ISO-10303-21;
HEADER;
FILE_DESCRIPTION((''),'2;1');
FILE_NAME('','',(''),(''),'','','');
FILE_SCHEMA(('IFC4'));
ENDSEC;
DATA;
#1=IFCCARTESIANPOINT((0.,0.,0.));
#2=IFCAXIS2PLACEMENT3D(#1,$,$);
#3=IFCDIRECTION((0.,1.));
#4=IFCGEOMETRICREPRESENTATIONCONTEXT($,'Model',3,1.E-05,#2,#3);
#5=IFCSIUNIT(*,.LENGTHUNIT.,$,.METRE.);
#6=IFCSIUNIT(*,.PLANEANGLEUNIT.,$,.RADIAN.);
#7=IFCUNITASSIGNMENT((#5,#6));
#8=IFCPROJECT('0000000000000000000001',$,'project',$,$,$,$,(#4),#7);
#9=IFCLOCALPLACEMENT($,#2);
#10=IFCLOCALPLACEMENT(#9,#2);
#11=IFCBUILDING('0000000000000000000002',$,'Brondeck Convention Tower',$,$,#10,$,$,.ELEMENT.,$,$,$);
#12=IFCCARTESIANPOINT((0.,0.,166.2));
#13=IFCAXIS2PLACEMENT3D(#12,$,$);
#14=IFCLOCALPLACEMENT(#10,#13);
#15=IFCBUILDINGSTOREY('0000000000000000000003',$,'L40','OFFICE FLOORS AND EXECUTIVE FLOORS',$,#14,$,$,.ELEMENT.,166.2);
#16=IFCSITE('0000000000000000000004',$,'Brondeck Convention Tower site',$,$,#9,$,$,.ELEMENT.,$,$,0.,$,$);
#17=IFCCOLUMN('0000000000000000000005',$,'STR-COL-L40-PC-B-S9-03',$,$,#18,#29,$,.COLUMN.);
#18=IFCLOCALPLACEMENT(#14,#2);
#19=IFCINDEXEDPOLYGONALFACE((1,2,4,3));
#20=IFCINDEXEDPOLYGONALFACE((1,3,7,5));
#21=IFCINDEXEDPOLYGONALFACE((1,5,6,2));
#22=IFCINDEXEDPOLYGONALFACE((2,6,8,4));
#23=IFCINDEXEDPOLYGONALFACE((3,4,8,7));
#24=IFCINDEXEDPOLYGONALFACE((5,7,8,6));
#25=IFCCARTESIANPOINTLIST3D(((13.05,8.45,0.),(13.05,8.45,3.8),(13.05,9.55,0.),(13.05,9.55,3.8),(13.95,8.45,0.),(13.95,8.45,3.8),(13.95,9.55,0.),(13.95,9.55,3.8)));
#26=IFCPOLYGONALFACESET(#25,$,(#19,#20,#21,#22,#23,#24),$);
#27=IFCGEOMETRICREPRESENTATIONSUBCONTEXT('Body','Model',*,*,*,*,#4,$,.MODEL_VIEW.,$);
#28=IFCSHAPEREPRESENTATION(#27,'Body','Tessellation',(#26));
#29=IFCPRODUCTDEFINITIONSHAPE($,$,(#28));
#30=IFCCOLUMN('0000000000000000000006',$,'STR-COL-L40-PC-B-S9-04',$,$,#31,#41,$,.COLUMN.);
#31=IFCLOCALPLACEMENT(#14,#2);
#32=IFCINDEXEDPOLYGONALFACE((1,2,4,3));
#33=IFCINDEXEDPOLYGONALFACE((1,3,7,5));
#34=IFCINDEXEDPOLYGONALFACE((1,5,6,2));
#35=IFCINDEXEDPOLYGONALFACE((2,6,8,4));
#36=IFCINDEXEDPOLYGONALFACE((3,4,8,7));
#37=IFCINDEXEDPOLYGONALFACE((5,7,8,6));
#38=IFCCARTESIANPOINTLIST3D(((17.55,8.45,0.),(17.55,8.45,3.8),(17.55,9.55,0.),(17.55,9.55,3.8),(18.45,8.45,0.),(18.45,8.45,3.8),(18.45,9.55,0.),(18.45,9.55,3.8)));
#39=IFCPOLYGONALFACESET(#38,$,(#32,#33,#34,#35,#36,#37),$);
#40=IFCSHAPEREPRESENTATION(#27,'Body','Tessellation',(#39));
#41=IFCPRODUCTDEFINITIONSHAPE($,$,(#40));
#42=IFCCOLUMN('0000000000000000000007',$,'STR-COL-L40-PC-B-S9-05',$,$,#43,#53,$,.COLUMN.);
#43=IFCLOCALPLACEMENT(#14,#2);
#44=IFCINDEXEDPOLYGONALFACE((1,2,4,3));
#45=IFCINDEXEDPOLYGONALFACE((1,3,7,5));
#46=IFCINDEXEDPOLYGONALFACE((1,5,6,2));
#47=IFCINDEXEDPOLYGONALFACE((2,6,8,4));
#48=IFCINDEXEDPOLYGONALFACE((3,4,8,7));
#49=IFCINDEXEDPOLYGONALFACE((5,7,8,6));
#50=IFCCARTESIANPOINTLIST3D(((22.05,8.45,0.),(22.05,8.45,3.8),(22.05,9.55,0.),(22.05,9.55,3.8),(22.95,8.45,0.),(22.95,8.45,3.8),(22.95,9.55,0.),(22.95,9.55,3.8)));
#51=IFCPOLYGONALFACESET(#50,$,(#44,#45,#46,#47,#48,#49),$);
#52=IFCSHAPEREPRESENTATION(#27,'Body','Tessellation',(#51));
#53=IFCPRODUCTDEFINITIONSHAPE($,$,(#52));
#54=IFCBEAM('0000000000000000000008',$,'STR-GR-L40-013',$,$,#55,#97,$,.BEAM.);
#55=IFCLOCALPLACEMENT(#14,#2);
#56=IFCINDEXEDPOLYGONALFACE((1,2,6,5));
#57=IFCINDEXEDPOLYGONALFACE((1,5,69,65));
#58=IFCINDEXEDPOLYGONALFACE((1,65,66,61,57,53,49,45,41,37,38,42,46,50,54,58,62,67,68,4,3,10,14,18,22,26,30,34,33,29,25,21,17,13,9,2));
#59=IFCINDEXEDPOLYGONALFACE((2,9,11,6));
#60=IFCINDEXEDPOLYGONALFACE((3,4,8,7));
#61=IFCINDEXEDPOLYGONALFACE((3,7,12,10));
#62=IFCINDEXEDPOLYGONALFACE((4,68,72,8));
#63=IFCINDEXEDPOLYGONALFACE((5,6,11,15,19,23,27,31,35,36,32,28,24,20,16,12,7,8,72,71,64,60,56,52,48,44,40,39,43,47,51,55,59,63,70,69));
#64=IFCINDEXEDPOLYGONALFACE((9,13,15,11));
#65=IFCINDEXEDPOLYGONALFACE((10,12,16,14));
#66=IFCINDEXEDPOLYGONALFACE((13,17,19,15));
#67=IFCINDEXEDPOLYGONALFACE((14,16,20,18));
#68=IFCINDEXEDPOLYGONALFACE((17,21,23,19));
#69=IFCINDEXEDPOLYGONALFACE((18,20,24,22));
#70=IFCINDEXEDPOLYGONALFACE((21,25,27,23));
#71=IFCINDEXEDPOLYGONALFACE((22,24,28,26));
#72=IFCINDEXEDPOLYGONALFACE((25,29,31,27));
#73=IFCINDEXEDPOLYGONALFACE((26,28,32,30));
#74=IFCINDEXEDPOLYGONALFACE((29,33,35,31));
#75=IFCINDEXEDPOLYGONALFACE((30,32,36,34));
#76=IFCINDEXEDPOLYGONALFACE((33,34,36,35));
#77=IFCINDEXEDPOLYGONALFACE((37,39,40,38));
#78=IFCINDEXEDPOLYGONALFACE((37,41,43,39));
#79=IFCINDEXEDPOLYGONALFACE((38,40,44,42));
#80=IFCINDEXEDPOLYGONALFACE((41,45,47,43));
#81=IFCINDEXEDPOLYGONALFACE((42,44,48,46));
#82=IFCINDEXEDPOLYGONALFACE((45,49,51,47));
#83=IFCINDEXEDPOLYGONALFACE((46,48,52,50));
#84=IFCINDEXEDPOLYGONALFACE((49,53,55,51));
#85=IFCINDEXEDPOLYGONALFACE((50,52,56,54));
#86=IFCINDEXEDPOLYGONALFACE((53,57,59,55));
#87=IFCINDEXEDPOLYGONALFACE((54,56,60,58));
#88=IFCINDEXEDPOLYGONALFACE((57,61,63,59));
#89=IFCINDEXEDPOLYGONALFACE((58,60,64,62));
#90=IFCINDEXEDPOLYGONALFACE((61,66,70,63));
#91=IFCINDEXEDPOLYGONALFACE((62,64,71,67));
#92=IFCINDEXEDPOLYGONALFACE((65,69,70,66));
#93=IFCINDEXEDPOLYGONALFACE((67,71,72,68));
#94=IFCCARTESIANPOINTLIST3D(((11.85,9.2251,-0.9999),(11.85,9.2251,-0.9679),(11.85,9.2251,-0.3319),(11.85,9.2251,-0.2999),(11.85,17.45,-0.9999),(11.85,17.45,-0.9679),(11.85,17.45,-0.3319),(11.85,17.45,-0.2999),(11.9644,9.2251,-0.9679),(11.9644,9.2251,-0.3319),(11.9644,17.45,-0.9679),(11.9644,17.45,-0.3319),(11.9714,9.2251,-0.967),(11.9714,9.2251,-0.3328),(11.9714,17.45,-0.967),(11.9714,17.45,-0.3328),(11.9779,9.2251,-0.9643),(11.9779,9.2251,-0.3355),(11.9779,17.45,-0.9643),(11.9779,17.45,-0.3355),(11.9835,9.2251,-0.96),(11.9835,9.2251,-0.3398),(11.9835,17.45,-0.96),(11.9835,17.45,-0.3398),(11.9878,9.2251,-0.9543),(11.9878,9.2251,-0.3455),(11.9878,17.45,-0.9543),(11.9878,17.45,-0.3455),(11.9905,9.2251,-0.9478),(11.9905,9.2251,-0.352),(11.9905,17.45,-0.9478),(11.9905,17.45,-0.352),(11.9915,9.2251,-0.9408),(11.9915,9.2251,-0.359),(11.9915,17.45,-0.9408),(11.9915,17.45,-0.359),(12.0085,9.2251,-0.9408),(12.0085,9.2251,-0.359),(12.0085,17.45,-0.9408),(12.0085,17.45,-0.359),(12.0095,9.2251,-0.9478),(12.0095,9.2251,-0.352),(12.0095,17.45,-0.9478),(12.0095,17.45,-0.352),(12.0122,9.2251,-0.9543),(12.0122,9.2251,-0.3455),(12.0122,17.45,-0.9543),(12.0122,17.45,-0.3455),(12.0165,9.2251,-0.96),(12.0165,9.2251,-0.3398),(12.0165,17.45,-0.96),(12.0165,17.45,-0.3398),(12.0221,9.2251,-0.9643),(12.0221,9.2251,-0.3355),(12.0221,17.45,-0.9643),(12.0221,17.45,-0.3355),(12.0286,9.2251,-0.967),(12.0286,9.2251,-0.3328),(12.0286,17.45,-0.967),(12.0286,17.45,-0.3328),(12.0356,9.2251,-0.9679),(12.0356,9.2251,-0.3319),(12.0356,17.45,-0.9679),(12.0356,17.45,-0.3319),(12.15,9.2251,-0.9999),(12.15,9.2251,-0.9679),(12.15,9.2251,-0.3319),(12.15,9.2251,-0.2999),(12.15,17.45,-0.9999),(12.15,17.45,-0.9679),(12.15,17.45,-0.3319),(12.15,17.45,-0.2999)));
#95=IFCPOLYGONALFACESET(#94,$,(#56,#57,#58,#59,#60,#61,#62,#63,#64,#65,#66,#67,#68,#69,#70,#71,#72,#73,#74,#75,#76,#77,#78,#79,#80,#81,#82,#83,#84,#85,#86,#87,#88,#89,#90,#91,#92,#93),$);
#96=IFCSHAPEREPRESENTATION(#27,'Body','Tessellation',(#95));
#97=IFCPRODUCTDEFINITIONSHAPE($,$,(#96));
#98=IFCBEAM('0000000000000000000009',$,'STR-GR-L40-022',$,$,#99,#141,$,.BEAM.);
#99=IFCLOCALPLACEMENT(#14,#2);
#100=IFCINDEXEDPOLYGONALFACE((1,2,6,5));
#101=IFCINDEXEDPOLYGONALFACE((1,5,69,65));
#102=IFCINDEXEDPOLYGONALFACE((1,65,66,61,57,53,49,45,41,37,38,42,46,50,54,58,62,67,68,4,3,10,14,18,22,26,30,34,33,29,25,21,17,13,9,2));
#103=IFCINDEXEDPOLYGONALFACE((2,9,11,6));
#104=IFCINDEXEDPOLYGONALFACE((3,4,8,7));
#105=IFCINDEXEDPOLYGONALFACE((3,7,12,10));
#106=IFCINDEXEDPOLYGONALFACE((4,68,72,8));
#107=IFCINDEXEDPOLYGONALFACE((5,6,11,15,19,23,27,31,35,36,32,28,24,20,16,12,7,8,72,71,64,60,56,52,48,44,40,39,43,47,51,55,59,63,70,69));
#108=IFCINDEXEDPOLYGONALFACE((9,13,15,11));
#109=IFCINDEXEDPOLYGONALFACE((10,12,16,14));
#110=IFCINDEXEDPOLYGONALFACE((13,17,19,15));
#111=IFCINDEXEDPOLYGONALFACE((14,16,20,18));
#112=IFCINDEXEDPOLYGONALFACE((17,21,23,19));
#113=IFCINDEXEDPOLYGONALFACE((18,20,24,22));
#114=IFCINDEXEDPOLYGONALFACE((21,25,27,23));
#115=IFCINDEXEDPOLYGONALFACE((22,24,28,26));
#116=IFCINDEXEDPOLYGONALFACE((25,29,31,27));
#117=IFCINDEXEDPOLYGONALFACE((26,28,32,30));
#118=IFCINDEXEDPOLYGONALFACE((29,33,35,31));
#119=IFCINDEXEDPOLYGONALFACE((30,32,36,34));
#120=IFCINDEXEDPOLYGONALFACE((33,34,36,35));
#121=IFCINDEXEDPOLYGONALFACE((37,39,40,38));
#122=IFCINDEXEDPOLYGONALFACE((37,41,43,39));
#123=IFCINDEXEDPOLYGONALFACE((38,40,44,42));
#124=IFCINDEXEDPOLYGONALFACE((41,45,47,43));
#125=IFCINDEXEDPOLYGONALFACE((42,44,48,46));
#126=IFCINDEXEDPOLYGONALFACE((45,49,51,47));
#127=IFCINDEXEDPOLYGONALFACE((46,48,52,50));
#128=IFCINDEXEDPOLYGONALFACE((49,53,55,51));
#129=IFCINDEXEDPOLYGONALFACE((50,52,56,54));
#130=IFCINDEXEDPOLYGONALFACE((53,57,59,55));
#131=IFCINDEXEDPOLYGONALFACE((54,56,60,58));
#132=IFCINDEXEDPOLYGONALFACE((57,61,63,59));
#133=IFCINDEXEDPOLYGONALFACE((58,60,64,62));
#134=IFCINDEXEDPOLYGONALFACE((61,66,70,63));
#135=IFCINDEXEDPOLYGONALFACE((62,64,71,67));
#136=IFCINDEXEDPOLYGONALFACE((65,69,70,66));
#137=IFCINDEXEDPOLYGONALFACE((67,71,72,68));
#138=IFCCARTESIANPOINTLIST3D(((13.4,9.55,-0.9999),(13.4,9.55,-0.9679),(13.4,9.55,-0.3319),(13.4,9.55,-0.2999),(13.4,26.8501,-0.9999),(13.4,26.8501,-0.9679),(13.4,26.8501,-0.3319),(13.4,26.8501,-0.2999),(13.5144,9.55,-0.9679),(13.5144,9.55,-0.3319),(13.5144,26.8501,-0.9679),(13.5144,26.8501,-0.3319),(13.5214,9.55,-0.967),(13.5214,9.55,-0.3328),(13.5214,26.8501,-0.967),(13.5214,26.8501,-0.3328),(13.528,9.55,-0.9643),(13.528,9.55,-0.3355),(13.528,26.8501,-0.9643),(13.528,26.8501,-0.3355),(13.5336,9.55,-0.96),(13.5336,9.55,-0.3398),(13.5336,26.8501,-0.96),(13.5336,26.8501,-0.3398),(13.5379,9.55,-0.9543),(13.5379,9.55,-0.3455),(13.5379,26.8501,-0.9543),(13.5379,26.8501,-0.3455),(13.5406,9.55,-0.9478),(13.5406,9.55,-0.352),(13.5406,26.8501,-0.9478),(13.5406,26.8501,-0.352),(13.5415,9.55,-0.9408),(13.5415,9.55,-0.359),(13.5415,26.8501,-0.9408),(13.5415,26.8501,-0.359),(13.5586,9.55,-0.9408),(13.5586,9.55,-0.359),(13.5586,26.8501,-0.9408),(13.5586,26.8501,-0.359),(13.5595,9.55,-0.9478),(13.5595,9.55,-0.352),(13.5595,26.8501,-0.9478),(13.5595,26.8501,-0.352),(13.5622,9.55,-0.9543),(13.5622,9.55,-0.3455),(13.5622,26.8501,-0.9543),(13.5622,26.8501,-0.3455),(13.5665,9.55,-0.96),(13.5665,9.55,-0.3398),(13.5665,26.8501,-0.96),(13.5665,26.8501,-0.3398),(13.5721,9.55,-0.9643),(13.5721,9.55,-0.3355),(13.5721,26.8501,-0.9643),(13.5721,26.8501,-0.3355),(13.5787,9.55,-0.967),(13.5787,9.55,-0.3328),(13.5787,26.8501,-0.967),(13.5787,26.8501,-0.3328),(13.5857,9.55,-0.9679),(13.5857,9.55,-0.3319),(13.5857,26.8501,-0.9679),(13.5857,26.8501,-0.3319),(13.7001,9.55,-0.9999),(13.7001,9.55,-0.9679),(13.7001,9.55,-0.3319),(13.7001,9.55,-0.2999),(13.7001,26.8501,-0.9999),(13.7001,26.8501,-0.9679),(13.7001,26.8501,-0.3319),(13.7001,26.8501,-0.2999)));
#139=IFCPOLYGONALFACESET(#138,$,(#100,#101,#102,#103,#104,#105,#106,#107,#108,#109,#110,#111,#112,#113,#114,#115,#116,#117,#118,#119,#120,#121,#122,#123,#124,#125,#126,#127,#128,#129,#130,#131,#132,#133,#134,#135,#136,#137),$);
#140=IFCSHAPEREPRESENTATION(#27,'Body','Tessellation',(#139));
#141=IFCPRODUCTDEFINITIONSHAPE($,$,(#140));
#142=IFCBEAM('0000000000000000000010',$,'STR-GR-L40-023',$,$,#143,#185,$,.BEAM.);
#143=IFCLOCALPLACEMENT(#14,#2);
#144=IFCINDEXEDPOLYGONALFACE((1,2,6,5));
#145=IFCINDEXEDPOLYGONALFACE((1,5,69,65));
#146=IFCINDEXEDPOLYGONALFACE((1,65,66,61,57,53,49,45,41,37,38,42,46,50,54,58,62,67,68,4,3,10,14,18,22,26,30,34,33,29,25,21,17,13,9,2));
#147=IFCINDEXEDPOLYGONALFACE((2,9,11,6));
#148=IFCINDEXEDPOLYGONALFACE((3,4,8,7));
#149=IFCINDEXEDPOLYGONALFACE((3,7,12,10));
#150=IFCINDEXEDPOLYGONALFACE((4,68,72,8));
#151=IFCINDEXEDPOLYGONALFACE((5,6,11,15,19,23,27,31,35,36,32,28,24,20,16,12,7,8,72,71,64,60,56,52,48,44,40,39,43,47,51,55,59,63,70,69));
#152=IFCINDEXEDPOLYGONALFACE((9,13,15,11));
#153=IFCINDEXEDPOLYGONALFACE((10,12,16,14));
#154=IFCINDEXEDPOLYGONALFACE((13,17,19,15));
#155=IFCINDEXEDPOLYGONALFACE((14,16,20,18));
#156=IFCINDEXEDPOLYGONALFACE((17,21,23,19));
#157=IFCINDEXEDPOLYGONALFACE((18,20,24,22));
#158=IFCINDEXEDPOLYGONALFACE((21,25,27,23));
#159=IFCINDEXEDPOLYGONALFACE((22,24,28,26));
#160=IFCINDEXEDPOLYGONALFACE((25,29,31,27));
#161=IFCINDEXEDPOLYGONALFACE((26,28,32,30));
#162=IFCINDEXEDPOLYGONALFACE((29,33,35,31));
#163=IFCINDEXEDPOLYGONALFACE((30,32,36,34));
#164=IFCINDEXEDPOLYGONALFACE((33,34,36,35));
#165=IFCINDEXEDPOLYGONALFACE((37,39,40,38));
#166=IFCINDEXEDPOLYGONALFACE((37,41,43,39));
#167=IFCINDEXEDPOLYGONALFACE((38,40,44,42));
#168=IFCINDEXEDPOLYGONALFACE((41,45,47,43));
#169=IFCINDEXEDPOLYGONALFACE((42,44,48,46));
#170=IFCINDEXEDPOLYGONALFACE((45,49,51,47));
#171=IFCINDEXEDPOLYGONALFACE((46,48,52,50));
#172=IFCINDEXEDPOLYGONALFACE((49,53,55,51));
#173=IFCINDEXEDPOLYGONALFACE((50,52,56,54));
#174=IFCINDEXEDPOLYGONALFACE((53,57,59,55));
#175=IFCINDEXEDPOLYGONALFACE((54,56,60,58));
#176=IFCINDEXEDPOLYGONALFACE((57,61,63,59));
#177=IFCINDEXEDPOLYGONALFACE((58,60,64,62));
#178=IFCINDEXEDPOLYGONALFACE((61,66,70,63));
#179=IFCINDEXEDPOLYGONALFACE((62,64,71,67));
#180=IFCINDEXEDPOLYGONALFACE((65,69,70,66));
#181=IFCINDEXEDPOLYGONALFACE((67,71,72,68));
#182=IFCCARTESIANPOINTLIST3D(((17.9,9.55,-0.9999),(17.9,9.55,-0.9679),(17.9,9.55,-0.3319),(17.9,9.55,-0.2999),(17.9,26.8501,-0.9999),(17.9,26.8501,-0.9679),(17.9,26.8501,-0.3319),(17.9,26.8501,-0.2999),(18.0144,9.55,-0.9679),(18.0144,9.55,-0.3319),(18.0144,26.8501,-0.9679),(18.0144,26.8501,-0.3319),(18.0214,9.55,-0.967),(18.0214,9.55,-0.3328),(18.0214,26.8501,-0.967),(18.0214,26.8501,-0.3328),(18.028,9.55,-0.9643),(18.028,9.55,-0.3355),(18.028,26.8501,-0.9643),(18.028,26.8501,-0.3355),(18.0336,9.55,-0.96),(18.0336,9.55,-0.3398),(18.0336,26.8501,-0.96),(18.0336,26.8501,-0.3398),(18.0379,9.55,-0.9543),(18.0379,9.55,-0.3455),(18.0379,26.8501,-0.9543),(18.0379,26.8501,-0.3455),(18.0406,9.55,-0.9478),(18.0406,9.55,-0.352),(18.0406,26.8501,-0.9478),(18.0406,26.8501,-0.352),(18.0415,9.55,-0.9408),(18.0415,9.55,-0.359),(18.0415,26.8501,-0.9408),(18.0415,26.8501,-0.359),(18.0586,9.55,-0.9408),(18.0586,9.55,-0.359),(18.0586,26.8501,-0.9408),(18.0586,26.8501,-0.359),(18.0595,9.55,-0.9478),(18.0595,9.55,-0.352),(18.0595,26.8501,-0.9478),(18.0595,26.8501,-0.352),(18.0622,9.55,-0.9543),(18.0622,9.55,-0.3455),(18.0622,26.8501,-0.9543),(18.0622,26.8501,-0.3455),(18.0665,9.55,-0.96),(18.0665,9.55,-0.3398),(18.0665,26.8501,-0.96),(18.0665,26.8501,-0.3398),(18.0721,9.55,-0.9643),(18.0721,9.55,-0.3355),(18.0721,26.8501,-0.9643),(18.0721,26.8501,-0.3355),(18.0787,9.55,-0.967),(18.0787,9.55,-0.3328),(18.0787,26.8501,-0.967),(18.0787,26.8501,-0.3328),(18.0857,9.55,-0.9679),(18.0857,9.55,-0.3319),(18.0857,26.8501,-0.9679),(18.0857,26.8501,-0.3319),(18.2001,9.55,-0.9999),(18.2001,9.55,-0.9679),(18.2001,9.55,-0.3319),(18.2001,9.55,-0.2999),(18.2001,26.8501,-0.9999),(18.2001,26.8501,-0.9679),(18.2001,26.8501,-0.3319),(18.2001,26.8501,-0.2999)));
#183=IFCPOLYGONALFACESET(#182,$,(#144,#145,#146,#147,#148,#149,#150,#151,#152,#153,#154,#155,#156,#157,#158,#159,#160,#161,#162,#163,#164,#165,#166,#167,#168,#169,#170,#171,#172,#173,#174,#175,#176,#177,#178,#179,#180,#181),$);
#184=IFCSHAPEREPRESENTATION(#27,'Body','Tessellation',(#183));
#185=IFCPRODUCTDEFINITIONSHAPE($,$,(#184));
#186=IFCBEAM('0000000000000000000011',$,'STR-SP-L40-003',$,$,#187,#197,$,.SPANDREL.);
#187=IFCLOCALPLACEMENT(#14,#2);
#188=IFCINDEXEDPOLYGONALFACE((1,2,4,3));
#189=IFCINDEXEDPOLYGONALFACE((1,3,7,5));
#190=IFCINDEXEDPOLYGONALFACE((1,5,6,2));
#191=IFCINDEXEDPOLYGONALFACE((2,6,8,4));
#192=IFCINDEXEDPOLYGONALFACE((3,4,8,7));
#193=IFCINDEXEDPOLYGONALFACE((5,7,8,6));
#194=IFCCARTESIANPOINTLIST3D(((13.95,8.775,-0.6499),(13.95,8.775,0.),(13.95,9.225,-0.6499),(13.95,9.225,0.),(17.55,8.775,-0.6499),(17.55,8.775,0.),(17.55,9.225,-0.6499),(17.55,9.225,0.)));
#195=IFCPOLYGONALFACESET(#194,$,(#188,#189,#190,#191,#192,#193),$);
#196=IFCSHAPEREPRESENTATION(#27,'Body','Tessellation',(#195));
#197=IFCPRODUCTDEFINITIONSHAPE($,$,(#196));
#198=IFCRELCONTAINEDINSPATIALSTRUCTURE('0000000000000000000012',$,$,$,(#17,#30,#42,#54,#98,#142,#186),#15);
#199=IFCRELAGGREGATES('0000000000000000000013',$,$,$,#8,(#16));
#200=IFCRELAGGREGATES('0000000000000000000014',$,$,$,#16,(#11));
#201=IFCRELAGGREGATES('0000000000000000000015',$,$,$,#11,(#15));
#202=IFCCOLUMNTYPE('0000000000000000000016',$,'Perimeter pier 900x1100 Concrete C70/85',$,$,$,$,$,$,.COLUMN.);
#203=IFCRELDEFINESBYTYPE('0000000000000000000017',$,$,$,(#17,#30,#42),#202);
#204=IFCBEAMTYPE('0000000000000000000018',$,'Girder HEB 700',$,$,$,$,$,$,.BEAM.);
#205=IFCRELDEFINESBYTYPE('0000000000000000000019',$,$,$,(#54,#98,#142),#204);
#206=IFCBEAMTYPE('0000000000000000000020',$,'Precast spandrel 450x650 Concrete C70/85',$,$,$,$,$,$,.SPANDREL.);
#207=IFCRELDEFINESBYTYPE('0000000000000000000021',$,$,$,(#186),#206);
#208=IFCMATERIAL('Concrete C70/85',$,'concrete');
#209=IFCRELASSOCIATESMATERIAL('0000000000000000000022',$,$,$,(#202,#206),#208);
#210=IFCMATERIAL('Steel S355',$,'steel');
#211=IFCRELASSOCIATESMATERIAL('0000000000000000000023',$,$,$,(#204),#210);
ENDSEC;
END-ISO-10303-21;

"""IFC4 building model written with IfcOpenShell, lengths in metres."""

from ifc_helpers import new_model, si_unit, direction, frame, origin, origin_2d, place, context, subcontext, project, spatial, rectangle, i_section, extrude, material, material_profile, profile_set, type_object, element, save


model = new_model("IFC4")

# Units and contexts
model_context = context("Model", 3, precision=1e-05, world=origin(), true_north=direction((0.0, 1.0)))
body_context = subcontext(model_context, "Body", "Model", "MODEL_VIEW")
ifc_project = project(units=[si_unit("LENGTHUNIT", "METRE"), si_unit("PLANEANGLEUNIT", "RADIAN")], contexts=[model_context])

# Site, building, storey
site_placement = place(None, origin())
site = spatial("IfcSite", under=ifc_project, at=site_placement, Name="Brondeck Convention Tower site", CompositionType="ELEMENT", RefElevation=0.0)
building_placement = place(site_placement, origin())
building = spatial("IfcBuilding", under=site, at=building_placement, Name="Brondeck Convention Tower", CompositionType="ELEMENT")
storey_placement = place(building_placement, frame((0.0, 0.0, 166.2)))
storey = spatial("IfcBuildingStorey", under=building, at=storey_placement, Name="L40", Description="OFFICE FLOORS AND EXECUTIVE FLOORS", CompositionType="ELEMENT", Elevation=166.2)

# Columns
ifc_material_1 = material(Name="Concrete C70/85", Category="concrete")
ifc_material_profile_1 = material_profile(ifc_material_1, rectangle(XDim=0.8999, YDim=1.1001, at=origin_2d()), Name="Perimeter pier 900x1100 Concrete C70/85")
ifc_profile_set_1 = profile_set([ifc_material_profile_1], Name="Concrete C70/85")
column_type = type_object("IfcColumnType", Name="Perimeter pier 900x1100 Concrete C70/85", PredefinedType="COLUMN", material=ifc_profile_set_1)
for number, where, z_axis, x_axis, name in (
    (1, (13.5, 9.0, 0.0), (0.0, 0.0, 1.0), (1.0, 0.0, 0.0), "STR-COL-L40-PC-B-S9-03"),
    (2, (18.0, 9.0, 0.0), (0.0, 0.0, 1.0), (1.0, 0.0, 0.0), "STR-COL-L40-PC-B-S9-04"),
    (3, (22.5, 9.0, 0.0), (0.0, 0.0, 1.0), (1.0, 0.0, 0.0), "STR-COL-L40-PC-B-S9-05"),
):
    element("IfcColumn", number, at=place(storey_placement, frame(where, z_axis=z_axis, x_axis=x_axis)), inside=storey, type_object=column_type, Name=name, PredefinedType="COLUMN", context=body_context, shape_type="SweptSolid", body=[
        extrude(rectangle(XDim=0.8999, YDim=1.1001, at=origin_2d()), origin(), (0.0, 0.0, 1.0), 3.8),
    ])

# Beams
ifc_material_2 = material(Name="Steel S355", Category="steel")
ifc_material_profile_2 = material_profile(ifc_material_2, i_section(OverallWidth=0.3, OverallDepth=0.7, WebThickness=0.0171, FlangeThickness=0.032, FilletRadius=0.0271, at=origin_2d()), Name="HEB 700")
ifc_profile_set_2 = profile_set([ifc_material_profile_2], Name="Steel S355")
beam_type_1 = type_object("IfcBeamType", Name="Girder HEB 700", PredefinedType="BEAM", material=ifc_profile_set_2)
beam_placement = place(storey_placement, frame((12.0, 17.45, -0.6499), z_axis=(0.0, -1.0, 0.0), x_axis=(1.0, 0.0, 0.0)))
element("IfcBeam", 4, at=beam_placement, inside=storey, type_object=beam_type_1, Name="STR-GR-L40-013", PredefinedType="BEAM", context=body_context, shape_type="SweptSolid", body=[
    extrude(i_section(OverallWidth=0.3, OverallDepth=0.7, WebThickness=0.0171, FlangeThickness=0.032, FilletRadius=0.0271, at=origin_2d()), origin(), (0.0, 0.0, 1.0), 8.2249),
])
for number, where, z_axis, x_axis, name in (
    (5, (13.55, 9.55, -0.6499), (0.0, 1.0, 0.0), (-1.0, 0.0, 0.0), "STR-GR-L40-022"),
    (6, (18.05, 9.55, -0.6499), (0.0, 1.0, 0.0), (-1.0, 0.0, 0.0), "STR-GR-L40-023"),
):
    element("IfcBeam", number, at=place(storey_placement, frame(where, z_axis=z_axis, x_axis=x_axis)), inside=storey, type_object=beam_type_1, Name=name, PredefinedType="BEAM", context=body_context, shape_type="SweptSolid", body=[
        extrude(i_section(OverallWidth=0.3, OverallDepth=0.7, WebThickness=0.0171, FlangeThickness=0.032, FilletRadius=0.0271, at=origin_2d()), origin(), (0.0, 0.0, 1.0), 17.3),
    ])
ifc_material_profile_3 = material_profile(ifc_material_1, rectangle(XDim=0.45, YDim=0.6499, at=origin_2d()), Name="Precast spandrel 450x650 Concrete C70/85")
ifc_profile_set_3 = profile_set([ifc_material_profile_3], Name="Concrete C70/85")
beam_type_2 = type_object("IfcBeamType", Name="Precast spandrel 450x650 Concrete C70/85", PredefinedType="SPANDREL", material=ifc_profile_set_3)
for number, where, z_axis, x_axis, name in (
    (7, (13.95, 9.0, -0.325), (1.0, 0.0, 0.0), (0.0, 1.0, 0.0), "STR-SP-L40-003"),
):
    element("IfcBeam", number, at=place(storey_placement, frame(where, z_axis=z_axis, x_axis=x_axis)), inside=storey, type_object=beam_type_2, Name=name, PredefinedType="SPANDREL", context=body_context, shape_type="SweptSolid", body=[
        extrude(rectangle(XDim=0.45, YDim=0.6499, at=origin_2d()), origin(), (0.0, 0.0, 1.0), 3.6001),
    ])

save(model, "model.ifc")
